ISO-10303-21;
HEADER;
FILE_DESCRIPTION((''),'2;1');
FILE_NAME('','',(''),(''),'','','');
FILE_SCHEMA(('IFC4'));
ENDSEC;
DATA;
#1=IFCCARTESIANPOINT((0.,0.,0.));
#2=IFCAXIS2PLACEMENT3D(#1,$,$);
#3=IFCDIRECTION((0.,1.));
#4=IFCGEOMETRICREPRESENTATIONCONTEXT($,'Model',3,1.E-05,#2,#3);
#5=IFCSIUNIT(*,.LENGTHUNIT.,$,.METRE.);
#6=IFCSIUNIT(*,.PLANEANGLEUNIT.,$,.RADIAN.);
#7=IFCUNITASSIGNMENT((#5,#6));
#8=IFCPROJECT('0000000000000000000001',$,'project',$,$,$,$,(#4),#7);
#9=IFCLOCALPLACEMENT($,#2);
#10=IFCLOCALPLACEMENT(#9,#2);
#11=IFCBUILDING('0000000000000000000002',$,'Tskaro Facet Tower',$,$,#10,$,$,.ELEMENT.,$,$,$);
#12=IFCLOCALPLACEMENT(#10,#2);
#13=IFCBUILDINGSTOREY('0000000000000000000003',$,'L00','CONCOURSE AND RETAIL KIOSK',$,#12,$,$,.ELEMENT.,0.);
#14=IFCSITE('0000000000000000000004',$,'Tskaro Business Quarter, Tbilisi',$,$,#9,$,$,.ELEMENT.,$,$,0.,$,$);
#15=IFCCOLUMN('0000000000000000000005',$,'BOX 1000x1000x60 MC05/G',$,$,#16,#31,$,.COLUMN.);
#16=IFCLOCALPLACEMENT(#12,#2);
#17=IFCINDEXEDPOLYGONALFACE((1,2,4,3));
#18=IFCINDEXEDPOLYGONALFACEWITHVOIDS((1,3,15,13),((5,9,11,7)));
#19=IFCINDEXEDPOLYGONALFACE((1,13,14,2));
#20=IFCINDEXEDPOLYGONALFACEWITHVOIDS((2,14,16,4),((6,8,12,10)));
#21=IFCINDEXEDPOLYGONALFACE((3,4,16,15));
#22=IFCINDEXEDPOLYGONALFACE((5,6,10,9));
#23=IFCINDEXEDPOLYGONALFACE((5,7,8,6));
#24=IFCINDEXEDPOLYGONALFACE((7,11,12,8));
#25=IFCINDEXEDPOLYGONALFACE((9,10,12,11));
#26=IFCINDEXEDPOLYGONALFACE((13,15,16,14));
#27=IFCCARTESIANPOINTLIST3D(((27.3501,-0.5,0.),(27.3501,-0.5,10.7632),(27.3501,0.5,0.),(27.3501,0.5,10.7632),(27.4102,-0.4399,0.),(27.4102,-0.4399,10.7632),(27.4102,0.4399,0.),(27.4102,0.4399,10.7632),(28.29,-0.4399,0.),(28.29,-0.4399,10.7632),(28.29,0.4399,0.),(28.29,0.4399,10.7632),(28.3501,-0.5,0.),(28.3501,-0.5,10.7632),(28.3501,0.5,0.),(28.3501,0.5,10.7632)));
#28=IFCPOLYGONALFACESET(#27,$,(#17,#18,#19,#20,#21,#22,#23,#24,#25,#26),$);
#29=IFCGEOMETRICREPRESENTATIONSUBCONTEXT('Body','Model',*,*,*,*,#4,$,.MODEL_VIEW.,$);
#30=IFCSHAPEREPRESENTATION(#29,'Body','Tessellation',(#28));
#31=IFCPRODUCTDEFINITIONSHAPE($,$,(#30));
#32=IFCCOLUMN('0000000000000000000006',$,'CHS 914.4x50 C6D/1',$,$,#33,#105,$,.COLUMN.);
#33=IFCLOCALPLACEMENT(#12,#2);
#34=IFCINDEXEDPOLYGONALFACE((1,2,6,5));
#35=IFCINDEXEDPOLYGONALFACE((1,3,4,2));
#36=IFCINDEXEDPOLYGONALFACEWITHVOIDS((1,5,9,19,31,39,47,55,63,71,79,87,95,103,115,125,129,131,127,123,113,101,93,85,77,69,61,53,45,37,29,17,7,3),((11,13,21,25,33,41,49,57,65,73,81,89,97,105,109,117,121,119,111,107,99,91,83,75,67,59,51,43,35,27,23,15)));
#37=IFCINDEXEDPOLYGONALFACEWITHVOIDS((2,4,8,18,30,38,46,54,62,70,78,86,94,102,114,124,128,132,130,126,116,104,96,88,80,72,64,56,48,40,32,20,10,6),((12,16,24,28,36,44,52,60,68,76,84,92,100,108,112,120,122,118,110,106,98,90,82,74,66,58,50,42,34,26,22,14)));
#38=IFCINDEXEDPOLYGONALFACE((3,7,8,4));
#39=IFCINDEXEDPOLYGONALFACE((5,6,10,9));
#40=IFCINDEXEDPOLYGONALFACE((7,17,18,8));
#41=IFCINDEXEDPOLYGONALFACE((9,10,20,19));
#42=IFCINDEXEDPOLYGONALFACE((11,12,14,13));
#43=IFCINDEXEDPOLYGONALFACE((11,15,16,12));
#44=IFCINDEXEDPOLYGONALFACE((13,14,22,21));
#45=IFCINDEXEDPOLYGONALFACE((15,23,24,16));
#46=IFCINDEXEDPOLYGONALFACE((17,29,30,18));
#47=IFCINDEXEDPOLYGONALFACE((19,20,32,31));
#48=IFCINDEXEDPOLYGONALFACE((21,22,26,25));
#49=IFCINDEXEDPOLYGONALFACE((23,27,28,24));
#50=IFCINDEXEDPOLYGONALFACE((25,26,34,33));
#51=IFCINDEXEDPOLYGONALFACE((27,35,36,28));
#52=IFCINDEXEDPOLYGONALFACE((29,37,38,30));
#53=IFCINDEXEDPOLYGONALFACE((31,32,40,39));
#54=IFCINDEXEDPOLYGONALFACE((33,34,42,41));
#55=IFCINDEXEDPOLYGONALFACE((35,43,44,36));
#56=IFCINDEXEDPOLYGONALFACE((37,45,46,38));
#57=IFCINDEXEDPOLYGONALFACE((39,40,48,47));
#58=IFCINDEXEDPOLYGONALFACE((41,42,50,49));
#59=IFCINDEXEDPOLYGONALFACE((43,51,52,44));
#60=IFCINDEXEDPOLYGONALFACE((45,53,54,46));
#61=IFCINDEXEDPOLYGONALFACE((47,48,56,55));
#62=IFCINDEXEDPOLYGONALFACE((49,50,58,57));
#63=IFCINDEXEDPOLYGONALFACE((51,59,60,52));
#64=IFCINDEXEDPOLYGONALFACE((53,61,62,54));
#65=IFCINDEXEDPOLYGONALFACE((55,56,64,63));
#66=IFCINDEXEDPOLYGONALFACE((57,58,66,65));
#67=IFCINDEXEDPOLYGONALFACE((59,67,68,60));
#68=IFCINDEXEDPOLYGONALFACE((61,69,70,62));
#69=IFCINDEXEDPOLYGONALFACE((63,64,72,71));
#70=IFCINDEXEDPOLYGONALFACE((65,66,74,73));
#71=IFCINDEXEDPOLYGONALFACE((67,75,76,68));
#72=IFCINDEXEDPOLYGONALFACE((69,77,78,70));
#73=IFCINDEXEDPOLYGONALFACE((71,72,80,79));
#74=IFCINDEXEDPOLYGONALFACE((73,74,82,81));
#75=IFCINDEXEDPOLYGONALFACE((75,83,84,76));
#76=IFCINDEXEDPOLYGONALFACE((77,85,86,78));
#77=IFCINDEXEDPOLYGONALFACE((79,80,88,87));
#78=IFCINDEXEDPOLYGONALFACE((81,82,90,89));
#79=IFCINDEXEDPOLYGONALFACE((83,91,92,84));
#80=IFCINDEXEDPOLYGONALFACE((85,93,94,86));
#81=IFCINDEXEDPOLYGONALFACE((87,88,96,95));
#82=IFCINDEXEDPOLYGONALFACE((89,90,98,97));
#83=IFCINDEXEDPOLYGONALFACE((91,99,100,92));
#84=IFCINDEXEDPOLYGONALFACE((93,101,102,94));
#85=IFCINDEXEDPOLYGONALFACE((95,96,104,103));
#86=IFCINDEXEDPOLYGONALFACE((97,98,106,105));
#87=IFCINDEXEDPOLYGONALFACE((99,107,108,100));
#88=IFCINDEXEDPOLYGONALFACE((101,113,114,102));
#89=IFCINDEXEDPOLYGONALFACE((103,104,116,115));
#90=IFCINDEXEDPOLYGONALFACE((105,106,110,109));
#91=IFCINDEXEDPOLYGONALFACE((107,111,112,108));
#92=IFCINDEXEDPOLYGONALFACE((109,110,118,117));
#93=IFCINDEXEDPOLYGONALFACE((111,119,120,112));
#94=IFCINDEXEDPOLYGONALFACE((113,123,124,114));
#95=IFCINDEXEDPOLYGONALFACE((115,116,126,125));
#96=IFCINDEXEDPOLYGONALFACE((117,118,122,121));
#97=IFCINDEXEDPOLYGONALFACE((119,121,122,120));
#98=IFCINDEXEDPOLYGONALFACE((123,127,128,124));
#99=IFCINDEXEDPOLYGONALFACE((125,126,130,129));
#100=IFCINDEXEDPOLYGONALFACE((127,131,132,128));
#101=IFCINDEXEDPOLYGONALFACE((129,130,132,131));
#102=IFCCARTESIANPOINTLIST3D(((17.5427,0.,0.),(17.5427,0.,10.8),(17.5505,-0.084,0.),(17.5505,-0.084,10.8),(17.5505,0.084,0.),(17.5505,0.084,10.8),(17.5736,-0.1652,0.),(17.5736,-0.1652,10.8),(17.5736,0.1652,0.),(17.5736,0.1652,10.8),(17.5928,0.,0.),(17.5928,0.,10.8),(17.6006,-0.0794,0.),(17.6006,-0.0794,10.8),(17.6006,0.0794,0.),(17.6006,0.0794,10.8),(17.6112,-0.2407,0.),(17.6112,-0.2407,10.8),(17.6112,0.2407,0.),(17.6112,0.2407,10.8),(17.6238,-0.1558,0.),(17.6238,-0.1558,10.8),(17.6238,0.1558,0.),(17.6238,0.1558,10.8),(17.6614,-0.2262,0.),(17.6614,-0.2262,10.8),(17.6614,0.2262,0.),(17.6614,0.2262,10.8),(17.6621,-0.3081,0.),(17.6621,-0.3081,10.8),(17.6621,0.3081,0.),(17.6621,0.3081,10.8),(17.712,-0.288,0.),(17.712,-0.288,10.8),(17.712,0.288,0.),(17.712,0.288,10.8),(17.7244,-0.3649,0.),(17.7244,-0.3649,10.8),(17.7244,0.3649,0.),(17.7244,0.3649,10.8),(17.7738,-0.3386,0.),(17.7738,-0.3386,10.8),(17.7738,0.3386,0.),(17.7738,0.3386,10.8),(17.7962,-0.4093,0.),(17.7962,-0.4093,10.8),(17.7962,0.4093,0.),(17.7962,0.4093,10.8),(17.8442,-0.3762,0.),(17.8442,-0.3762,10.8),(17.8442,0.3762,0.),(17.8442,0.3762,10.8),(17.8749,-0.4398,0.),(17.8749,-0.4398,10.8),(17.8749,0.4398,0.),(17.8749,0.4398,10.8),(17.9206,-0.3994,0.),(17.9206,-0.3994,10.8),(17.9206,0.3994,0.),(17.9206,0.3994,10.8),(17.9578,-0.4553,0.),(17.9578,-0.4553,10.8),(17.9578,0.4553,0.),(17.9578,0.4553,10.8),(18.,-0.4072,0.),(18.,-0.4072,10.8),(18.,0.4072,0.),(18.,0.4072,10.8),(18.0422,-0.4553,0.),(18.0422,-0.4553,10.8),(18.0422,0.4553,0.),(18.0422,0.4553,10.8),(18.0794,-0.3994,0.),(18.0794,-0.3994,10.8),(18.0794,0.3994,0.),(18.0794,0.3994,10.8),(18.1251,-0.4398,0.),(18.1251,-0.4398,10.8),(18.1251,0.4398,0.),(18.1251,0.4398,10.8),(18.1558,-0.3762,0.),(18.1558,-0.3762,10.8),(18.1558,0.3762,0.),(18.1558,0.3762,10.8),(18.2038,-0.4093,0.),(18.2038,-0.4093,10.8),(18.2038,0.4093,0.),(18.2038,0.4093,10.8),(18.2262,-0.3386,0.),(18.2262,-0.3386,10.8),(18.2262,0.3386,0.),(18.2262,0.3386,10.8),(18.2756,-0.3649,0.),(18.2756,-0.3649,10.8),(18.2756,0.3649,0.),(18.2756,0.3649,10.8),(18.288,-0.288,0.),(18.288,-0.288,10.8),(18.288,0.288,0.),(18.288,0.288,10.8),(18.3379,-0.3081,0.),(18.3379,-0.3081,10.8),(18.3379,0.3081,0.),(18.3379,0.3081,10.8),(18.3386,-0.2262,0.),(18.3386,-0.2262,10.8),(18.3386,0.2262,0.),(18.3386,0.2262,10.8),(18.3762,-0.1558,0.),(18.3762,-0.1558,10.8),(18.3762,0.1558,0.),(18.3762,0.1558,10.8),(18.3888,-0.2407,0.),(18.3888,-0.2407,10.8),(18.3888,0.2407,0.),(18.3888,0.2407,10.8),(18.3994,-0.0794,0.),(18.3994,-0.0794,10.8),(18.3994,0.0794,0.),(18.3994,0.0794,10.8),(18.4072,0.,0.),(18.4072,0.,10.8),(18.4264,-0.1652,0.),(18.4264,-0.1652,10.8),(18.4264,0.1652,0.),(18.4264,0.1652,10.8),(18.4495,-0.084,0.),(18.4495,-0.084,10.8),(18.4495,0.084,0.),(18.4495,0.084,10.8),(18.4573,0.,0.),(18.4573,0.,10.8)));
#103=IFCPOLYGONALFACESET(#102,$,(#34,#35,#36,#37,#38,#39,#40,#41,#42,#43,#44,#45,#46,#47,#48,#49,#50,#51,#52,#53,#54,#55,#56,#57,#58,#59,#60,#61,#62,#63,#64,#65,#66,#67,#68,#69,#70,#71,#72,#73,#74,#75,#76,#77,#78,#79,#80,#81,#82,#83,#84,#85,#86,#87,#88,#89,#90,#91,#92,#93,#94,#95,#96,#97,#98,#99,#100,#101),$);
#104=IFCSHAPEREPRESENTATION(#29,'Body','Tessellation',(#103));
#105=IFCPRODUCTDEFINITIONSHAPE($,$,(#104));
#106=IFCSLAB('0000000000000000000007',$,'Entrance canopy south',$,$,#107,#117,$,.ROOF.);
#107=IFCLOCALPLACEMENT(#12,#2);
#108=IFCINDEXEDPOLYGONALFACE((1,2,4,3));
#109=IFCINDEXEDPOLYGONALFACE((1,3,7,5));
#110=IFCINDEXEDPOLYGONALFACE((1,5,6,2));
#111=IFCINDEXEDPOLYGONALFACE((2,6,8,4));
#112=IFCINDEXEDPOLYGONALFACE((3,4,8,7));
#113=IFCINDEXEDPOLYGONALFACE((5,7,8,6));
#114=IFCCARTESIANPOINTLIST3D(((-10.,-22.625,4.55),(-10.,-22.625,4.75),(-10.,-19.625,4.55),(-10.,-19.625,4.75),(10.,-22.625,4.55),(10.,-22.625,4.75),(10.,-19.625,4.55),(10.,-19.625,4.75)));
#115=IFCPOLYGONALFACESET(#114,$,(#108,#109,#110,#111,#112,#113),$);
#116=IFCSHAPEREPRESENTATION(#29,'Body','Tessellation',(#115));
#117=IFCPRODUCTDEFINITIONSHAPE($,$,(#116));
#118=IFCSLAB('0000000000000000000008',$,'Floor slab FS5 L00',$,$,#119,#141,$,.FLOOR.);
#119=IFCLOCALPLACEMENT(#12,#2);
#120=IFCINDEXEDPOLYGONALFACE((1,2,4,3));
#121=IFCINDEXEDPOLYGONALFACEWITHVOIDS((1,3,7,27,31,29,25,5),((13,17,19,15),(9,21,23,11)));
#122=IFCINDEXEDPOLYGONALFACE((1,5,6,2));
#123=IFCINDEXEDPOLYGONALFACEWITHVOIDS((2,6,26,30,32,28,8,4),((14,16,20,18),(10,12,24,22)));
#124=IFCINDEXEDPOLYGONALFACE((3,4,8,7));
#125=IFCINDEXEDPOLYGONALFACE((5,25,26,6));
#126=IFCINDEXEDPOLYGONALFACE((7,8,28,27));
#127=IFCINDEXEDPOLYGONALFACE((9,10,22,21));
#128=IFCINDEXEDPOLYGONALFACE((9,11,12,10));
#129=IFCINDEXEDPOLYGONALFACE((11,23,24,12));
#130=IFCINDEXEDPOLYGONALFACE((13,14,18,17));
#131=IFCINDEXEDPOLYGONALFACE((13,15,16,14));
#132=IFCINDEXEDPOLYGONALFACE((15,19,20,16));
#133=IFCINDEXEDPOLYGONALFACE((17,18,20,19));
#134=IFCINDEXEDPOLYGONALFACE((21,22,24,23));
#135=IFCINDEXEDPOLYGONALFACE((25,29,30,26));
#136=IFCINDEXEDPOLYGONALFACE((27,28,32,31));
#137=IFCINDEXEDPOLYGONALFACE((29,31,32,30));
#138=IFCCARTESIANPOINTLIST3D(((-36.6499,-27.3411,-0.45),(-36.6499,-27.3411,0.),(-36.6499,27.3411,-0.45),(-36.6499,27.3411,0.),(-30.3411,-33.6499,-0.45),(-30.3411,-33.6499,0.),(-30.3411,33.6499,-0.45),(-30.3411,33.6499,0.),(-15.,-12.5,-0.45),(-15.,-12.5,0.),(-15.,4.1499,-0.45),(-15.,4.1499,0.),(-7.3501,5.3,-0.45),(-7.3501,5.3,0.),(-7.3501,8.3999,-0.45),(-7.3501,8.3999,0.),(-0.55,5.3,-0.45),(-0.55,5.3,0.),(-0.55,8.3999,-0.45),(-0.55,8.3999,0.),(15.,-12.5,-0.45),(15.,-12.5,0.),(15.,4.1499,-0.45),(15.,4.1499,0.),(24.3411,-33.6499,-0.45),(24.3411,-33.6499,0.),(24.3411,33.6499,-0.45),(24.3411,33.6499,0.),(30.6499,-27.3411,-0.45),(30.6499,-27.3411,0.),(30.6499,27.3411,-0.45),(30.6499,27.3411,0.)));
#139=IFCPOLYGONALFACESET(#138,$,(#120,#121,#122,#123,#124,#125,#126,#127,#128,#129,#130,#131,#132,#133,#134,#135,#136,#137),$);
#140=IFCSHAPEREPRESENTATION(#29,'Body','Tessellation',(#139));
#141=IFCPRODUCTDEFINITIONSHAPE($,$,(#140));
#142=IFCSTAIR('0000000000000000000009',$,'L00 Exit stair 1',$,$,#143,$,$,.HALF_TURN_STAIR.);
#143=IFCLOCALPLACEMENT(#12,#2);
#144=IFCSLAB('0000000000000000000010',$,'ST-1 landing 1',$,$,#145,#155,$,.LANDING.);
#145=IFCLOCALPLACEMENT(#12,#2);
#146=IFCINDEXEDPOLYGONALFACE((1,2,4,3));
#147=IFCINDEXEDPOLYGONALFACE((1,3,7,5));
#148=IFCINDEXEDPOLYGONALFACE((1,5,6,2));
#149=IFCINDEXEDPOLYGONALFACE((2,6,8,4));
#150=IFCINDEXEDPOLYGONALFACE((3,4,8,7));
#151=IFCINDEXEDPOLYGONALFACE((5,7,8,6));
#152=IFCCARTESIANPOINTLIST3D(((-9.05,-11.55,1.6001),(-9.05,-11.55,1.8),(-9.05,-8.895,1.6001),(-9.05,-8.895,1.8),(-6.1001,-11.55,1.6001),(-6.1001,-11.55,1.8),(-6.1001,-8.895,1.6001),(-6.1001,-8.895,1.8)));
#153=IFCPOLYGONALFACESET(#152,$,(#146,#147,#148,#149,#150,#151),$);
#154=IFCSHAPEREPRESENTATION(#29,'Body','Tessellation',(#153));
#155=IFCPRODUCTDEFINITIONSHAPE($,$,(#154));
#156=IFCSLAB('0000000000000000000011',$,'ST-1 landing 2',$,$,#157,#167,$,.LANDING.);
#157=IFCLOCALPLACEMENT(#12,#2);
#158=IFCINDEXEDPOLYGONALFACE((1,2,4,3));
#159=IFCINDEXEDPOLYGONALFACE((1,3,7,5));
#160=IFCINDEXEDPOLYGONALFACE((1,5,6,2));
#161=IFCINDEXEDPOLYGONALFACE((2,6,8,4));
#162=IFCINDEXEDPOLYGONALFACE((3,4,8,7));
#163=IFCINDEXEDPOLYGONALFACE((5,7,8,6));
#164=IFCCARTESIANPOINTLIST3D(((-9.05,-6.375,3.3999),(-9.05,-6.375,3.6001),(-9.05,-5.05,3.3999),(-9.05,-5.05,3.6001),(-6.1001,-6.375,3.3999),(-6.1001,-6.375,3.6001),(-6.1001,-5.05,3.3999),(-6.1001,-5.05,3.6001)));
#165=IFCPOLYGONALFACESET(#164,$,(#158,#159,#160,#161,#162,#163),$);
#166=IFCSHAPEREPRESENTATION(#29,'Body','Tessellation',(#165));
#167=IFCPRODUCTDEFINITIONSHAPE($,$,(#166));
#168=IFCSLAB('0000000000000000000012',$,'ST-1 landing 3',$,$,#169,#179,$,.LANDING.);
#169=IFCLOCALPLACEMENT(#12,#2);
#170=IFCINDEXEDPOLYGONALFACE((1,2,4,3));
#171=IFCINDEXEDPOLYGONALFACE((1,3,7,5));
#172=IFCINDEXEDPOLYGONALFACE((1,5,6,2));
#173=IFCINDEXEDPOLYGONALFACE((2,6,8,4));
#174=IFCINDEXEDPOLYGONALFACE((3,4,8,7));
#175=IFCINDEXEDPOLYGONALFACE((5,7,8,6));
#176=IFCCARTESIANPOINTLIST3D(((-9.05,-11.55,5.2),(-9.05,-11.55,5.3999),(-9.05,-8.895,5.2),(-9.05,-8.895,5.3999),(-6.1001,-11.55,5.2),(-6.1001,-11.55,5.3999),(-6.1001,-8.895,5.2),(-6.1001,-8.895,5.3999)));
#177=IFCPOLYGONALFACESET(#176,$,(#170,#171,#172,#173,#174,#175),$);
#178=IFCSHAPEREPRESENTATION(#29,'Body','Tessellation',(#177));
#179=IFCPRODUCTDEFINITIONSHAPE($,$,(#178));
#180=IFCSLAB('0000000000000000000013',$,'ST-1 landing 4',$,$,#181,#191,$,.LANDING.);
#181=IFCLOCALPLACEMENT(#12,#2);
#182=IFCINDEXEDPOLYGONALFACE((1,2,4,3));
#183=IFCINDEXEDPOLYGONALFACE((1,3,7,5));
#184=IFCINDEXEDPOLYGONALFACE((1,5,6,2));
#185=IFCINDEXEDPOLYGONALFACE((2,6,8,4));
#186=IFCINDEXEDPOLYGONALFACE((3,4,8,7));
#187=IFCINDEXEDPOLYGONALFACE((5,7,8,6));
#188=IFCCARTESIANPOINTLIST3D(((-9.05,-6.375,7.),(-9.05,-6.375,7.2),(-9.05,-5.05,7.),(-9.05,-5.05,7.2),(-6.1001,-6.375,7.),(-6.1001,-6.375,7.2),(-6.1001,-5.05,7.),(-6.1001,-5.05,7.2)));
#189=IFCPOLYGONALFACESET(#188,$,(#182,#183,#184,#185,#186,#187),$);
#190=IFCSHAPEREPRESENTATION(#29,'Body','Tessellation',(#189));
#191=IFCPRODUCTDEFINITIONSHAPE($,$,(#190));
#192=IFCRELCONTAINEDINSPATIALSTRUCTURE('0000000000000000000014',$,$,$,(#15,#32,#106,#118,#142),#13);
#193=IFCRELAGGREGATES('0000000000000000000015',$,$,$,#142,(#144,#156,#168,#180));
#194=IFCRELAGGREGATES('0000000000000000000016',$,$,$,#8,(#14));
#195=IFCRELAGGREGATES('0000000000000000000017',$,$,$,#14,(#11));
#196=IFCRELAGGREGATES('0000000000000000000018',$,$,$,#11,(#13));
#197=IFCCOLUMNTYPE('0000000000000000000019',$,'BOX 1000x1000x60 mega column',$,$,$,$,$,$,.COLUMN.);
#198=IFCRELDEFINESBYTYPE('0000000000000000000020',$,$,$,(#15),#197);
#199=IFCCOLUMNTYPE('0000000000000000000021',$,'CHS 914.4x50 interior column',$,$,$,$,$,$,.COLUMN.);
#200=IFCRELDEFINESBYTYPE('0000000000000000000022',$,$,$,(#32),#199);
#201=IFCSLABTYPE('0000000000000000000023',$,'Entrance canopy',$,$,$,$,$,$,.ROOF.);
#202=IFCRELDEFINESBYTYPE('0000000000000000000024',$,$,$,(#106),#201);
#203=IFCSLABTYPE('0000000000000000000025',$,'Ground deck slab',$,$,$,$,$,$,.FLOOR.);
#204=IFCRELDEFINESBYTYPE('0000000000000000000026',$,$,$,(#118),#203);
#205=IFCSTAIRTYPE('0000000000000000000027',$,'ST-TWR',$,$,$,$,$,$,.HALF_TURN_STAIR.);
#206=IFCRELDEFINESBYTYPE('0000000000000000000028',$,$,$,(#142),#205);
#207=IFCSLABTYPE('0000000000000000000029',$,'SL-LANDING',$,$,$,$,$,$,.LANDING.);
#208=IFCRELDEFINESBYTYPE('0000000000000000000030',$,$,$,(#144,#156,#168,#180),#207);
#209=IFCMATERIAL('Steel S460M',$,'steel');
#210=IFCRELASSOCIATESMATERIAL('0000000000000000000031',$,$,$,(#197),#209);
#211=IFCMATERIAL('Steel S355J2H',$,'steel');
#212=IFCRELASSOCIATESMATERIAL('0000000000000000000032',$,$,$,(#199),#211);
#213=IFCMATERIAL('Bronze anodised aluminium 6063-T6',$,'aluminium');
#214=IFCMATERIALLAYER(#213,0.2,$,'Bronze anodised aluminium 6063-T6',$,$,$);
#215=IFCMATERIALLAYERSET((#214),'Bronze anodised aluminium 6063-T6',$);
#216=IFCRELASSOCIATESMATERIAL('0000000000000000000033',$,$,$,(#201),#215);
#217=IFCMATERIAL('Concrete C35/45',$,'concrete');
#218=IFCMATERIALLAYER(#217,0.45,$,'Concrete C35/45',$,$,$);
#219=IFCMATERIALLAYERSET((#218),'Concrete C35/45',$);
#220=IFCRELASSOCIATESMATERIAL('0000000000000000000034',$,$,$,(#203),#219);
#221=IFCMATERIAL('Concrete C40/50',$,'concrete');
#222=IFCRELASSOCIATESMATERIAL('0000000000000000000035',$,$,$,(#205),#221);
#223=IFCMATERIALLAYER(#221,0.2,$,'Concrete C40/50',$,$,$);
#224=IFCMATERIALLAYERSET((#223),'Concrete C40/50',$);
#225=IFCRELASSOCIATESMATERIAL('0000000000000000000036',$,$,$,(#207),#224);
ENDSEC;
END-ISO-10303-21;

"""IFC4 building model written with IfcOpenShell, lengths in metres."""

from ifc_helpers import new_model, si_unit, direction, frame, origin, origin_2d, place, context, subcontext, project, spatial, polyline, hollow_rectangle, hollow_circle, outline, extrude, material, layer, layer_set, material_profile, profile_set, type_object, element, aggregate, save


model = new_model("IFC4")

# Units and contexts
model_context = context("Model", 3, precision=1e-05, world=origin(), true_north=direction((0.0, 1.0)))
body_context = subcontext(model_context, "Body", "Model", "MODEL_VIEW")
ifc_project = project(units=[si_unit("LENGTHUNIT", "METRE"), si_unit("PLANEANGLEUNIT", "RADIAN")], contexts=[model_context])

# Site, building, storey
site_placement = place(None, origin())
site = spatial("IfcSite", under=ifc_project, at=site_placement, Name="Tskaro Business Quarter, Tbilisi", CompositionType="ELEMENT", RefElevation=0.0)
building_placement = place(site_placement, origin())
building = spatial("IfcBuilding", under=site, at=building_placement, Name="Tskaro Facet Tower", CompositionType="ELEMENT")
storey_placement = place(building_placement, origin())
storey = spatial("IfcBuildingStorey", under=building, at=storey_placement, Name="L00", Description="CONCOURSE AND RETAIL KIOSK", CompositionType="ELEMENT", Elevation=0.0)

# Columns
ifc_material_1 = material(Name="Steel S460M", Category="steel")
ifc_material_profile_1 = material_profile(ifc_material_1, hollow_rectangle(XDim=1.0, YDim=1.0, WallThickness=0.0601, at=origin_2d()), Name="BOX 1000x1000x60")
ifc_profile_set_1 = profile_set([ifc_material_profile_1], Name="Steel S460M")
column_type_1 = type_object("IfcColumnType", Name="BOX 1000x1000x60 mega column", PredefinedType="COLUMN", material=ifc_profile_set_1)
column_1_placement = place(storey_placement, frame((27.8501, 0.0, 0.0), z_axis=(0.0, 0.0, 1.0), x_axis=(1.0, 0.0, 0.0)))
element("IfcColumn", 1, at=column_1_placement, inside=storey, type_object=column_type_1, Name="BOX 1000x1000x60 MC05/G", PredefinedType="COLUMN", context=body_context, shape_type="SweptSolid", body=[
    extrude(hollow_rectangle(XDim=1.0, YDim=1.0, WallThickness=0.0601, at=origin_2d()), origin(), (0.0, 0.0, 1.0), 10.7632),
])
ifc_material_2 = material(Name="Steel S355J2H", Category="steel")
ifc_material_profile_2 = material_profile(ifc_material_2, hollow_circle(Radius=0.4573, WallThickness=0.05, at=origin_2d()), Name="CHS 914.4x50")
ifc_profile_set_2 = profile_set([ifc_material_profile_2], Name="Steel S355J2H")
column_type_2 = type_object("IfcColumnType", Name="CHS 914.4x50 interior column", PredefinedType="COLUMN", material=ifc_profile_set_2)
column_2_placement = place(storey_placement, frame((18.0, 0.0, 0.0), z_axis=(0.0, 0.0, 1.0), x_axis=(1.0, 0.0, 0.0)))
element("IfcColumn", 2, at=column_2_placement, inside=storey, type_object=column_type_2, Name="CHS 914.4x50 C6D/1", PredefinedType="COLUMN", context=body_context, shape_type="SweptSolid", body=[
    extrude(hollow_circle(Radius=0.4573, WallThickness=0.05, at=origin_2d()), origin(), (0.0, 0.0, 1.0), 10.8),
])

# Slabs
ifc_material_3 = material(Name="Bronze anodised aluminium 6063-T6", Category="aluminium")
ifc_layer_1 = layer(ifc_material_3, 0.2, Name="Bronze anodised aluminium 6063-T6")
ifc_layer_set_1 = layer_set([ifc_layer_1], Name="Bronze anodised aluminium 6063-T6")
slab_type_1 = type_object("IfcSlabType", Name="Entrance canopy", PredefinedType="ROOF", material=ifc_layer_set_1)
slab_1_placement = place(storey_placement, frame((0.0, 0.0, 4.55)))
element("IfcSlab", 3, at=slab_1_placement, inside=storey, type_object=slab_type_1, Name="Entrance canopy south", PredefinedType="ROOF", context=body_context, shape_type="SweptSolid", body=[
    extrude(outline(polyline([(-10.0, -19.625), (10.0, -19.625), (10.0, -22.625), (-10.0, -22.625), (-10.0, -19.625)])), origin(), (0.0, 0.0, 1.0), 0.2),
])
ifc_material_4 = material(Name="Concrete C35/45", Category="concrete")
ifc_layer_2 = layer(ifc_material_4, 0.45, Name="Concrete C35/45")
ifc_layer_set_2 = layer_set([ifc_layer_2], Name="Concrete C35/45")
slab_type_2 = type_object("IfcSlabType", Name="Ground deck slab", PredefinedType="FLOOR", material=ifc_layer_set_2)
slab_2_placement = place(storey_placement, frame((0.0, 0.0, -0.45)))
element("IfcSlab", 4, at=slab_2_placement, inside=storey, type_object=slab_type_2, Name="Floor slab FS5 L00", PredefinedType="FLOOR", context=body_context, shape_type="SweptSolid", body=[
    extrude(outline(polyline([(-30.3411, -33.6499), (24.3411, -33.6499), (30.6499, -27.3411), (30.6499, 27.3411), (24.3411, 33.6499), (-30.3411, 33.6499), (-36.6499, 27.3411), (-36.6499, -27.3411), (-30.3411, -33.6499)]), holes=[polyline([(-15.0, -12.5), (15.0, -12.5), (15.0, 4.1499), (-15.0, 4.1499), (-15.0, -12.5)]), polyline([(-7.3501, 5.3), (-0.55, 5.3), (-0.55, 8.3999), (-7.3501, 8.3999), (-7.3501, 5.3)])]), origin(), (0.0, 0.0, 1.0), 0.45),
])

# Stair, slabs
ifc_material_5 = material(Name="Concrete C40/50", Category="concrete")
stair_type = type_object("IfcStairType", Name="ST-TWR", PredefinedType="HALF_TURN_STAIR", material=ifc_material_5)
stair_1_placement = place(storey_placement, origin())
stair_1 = element("IfcStair", 5, at=stair_1_placement, inside=storey, type_object=stair_type, Name="L00 Exit stair 1", PredefinedType="HALF_TURN_STAIR")
ifc_layer_3 = layer(ifc_material_5, 0.2, Name="Concrete C40/50")
ifc_layer_set_3 = layer_set([ifc_layer_3], Name="Concrete C40/50")
slab_type_3 = type_object("IfcSlabType", Name="SL-LANDING", PredefinedType="LANDING", material=ifc_layer_set_3)
slab_3_placement = place(storey_placement, frame((0.0, 0.0, 1.6001)))
slab_3 = element("IfcSlab", 6, at=slab_3_placement, type_object=slab_type_3, Name="ST-1 landing 1", PredefinedType="LANDING", context=body_context, shape_type="SweptSolid", body=[
    extrude(outline(polyline([(-9.05, -11.55), (-6.1001, -11.55), (-6.1001, -8.895), (-9.05, -8.895), (-9.05, -11.55)])), origin(), (0.0, 0.0, 1.0), 0.2),
])
slab_4_placement = place(storey_placement, frame((0.0, 0.0, 3.3999)))
slab_4 = element("IfcSlab", 7, at=slab_4_placement, type_object=slab_type_3, Name="ST-1 landing 2", PredefinedType="LANDING", context=body_context, shape_type="SweptSolid", body=[
    extrude(outline(polyline([(-9.05, -6.375), (-6.1001, -6.375), (-6.1001, -5.05), (-9.05, -5.05), (-9.05, -6.375)])), origin(), (0.0, 0.0, 1.0), 0.2002),
])
slab_5_placement = place(storey_placement, frame((0.0, 0.0, 5.2)))
slab_5 = element("IfcSlab", 8, at=slab_5_placement, type_object=slab_type_3, Name="ST-1 landing 3", PredefinedType="LANDING", context=body_context, shape_type="SweptSolid", body=[
    extrude(outline(polyline([(-9.05, -11.55), (-6.1001, -11.55), (-6.1001, -8.895), (-9.05, -8.895), (-9.05, -11.55)])), origin(), (0.0, 0.0, 1.0), 0.2),
])
slab_6_placement = place(storey_placement, frame((0.0, 0.0, 7.0)))
slab_6 = element("IfcSlab", 9, at=slab_6_placement, type_object=slab_type_3, Name="ST-1 landing 4", PredefinedType="LANDING", context=body_context, shape_type="SweptSolid", body=[
    extrude(outline(polyline([(-9.05, -6.375), (-6.1001, -6.375), (-6.1001, -5.05), (-9.05, -5.05), (-9.05, -6.375)])), origin(), (0.0, 0.0, 1.0), 0.2),
])
aggregate(stair_1, [slab_3, slab_4, slab_5, slab_6])

save(model, "model.ifc")
